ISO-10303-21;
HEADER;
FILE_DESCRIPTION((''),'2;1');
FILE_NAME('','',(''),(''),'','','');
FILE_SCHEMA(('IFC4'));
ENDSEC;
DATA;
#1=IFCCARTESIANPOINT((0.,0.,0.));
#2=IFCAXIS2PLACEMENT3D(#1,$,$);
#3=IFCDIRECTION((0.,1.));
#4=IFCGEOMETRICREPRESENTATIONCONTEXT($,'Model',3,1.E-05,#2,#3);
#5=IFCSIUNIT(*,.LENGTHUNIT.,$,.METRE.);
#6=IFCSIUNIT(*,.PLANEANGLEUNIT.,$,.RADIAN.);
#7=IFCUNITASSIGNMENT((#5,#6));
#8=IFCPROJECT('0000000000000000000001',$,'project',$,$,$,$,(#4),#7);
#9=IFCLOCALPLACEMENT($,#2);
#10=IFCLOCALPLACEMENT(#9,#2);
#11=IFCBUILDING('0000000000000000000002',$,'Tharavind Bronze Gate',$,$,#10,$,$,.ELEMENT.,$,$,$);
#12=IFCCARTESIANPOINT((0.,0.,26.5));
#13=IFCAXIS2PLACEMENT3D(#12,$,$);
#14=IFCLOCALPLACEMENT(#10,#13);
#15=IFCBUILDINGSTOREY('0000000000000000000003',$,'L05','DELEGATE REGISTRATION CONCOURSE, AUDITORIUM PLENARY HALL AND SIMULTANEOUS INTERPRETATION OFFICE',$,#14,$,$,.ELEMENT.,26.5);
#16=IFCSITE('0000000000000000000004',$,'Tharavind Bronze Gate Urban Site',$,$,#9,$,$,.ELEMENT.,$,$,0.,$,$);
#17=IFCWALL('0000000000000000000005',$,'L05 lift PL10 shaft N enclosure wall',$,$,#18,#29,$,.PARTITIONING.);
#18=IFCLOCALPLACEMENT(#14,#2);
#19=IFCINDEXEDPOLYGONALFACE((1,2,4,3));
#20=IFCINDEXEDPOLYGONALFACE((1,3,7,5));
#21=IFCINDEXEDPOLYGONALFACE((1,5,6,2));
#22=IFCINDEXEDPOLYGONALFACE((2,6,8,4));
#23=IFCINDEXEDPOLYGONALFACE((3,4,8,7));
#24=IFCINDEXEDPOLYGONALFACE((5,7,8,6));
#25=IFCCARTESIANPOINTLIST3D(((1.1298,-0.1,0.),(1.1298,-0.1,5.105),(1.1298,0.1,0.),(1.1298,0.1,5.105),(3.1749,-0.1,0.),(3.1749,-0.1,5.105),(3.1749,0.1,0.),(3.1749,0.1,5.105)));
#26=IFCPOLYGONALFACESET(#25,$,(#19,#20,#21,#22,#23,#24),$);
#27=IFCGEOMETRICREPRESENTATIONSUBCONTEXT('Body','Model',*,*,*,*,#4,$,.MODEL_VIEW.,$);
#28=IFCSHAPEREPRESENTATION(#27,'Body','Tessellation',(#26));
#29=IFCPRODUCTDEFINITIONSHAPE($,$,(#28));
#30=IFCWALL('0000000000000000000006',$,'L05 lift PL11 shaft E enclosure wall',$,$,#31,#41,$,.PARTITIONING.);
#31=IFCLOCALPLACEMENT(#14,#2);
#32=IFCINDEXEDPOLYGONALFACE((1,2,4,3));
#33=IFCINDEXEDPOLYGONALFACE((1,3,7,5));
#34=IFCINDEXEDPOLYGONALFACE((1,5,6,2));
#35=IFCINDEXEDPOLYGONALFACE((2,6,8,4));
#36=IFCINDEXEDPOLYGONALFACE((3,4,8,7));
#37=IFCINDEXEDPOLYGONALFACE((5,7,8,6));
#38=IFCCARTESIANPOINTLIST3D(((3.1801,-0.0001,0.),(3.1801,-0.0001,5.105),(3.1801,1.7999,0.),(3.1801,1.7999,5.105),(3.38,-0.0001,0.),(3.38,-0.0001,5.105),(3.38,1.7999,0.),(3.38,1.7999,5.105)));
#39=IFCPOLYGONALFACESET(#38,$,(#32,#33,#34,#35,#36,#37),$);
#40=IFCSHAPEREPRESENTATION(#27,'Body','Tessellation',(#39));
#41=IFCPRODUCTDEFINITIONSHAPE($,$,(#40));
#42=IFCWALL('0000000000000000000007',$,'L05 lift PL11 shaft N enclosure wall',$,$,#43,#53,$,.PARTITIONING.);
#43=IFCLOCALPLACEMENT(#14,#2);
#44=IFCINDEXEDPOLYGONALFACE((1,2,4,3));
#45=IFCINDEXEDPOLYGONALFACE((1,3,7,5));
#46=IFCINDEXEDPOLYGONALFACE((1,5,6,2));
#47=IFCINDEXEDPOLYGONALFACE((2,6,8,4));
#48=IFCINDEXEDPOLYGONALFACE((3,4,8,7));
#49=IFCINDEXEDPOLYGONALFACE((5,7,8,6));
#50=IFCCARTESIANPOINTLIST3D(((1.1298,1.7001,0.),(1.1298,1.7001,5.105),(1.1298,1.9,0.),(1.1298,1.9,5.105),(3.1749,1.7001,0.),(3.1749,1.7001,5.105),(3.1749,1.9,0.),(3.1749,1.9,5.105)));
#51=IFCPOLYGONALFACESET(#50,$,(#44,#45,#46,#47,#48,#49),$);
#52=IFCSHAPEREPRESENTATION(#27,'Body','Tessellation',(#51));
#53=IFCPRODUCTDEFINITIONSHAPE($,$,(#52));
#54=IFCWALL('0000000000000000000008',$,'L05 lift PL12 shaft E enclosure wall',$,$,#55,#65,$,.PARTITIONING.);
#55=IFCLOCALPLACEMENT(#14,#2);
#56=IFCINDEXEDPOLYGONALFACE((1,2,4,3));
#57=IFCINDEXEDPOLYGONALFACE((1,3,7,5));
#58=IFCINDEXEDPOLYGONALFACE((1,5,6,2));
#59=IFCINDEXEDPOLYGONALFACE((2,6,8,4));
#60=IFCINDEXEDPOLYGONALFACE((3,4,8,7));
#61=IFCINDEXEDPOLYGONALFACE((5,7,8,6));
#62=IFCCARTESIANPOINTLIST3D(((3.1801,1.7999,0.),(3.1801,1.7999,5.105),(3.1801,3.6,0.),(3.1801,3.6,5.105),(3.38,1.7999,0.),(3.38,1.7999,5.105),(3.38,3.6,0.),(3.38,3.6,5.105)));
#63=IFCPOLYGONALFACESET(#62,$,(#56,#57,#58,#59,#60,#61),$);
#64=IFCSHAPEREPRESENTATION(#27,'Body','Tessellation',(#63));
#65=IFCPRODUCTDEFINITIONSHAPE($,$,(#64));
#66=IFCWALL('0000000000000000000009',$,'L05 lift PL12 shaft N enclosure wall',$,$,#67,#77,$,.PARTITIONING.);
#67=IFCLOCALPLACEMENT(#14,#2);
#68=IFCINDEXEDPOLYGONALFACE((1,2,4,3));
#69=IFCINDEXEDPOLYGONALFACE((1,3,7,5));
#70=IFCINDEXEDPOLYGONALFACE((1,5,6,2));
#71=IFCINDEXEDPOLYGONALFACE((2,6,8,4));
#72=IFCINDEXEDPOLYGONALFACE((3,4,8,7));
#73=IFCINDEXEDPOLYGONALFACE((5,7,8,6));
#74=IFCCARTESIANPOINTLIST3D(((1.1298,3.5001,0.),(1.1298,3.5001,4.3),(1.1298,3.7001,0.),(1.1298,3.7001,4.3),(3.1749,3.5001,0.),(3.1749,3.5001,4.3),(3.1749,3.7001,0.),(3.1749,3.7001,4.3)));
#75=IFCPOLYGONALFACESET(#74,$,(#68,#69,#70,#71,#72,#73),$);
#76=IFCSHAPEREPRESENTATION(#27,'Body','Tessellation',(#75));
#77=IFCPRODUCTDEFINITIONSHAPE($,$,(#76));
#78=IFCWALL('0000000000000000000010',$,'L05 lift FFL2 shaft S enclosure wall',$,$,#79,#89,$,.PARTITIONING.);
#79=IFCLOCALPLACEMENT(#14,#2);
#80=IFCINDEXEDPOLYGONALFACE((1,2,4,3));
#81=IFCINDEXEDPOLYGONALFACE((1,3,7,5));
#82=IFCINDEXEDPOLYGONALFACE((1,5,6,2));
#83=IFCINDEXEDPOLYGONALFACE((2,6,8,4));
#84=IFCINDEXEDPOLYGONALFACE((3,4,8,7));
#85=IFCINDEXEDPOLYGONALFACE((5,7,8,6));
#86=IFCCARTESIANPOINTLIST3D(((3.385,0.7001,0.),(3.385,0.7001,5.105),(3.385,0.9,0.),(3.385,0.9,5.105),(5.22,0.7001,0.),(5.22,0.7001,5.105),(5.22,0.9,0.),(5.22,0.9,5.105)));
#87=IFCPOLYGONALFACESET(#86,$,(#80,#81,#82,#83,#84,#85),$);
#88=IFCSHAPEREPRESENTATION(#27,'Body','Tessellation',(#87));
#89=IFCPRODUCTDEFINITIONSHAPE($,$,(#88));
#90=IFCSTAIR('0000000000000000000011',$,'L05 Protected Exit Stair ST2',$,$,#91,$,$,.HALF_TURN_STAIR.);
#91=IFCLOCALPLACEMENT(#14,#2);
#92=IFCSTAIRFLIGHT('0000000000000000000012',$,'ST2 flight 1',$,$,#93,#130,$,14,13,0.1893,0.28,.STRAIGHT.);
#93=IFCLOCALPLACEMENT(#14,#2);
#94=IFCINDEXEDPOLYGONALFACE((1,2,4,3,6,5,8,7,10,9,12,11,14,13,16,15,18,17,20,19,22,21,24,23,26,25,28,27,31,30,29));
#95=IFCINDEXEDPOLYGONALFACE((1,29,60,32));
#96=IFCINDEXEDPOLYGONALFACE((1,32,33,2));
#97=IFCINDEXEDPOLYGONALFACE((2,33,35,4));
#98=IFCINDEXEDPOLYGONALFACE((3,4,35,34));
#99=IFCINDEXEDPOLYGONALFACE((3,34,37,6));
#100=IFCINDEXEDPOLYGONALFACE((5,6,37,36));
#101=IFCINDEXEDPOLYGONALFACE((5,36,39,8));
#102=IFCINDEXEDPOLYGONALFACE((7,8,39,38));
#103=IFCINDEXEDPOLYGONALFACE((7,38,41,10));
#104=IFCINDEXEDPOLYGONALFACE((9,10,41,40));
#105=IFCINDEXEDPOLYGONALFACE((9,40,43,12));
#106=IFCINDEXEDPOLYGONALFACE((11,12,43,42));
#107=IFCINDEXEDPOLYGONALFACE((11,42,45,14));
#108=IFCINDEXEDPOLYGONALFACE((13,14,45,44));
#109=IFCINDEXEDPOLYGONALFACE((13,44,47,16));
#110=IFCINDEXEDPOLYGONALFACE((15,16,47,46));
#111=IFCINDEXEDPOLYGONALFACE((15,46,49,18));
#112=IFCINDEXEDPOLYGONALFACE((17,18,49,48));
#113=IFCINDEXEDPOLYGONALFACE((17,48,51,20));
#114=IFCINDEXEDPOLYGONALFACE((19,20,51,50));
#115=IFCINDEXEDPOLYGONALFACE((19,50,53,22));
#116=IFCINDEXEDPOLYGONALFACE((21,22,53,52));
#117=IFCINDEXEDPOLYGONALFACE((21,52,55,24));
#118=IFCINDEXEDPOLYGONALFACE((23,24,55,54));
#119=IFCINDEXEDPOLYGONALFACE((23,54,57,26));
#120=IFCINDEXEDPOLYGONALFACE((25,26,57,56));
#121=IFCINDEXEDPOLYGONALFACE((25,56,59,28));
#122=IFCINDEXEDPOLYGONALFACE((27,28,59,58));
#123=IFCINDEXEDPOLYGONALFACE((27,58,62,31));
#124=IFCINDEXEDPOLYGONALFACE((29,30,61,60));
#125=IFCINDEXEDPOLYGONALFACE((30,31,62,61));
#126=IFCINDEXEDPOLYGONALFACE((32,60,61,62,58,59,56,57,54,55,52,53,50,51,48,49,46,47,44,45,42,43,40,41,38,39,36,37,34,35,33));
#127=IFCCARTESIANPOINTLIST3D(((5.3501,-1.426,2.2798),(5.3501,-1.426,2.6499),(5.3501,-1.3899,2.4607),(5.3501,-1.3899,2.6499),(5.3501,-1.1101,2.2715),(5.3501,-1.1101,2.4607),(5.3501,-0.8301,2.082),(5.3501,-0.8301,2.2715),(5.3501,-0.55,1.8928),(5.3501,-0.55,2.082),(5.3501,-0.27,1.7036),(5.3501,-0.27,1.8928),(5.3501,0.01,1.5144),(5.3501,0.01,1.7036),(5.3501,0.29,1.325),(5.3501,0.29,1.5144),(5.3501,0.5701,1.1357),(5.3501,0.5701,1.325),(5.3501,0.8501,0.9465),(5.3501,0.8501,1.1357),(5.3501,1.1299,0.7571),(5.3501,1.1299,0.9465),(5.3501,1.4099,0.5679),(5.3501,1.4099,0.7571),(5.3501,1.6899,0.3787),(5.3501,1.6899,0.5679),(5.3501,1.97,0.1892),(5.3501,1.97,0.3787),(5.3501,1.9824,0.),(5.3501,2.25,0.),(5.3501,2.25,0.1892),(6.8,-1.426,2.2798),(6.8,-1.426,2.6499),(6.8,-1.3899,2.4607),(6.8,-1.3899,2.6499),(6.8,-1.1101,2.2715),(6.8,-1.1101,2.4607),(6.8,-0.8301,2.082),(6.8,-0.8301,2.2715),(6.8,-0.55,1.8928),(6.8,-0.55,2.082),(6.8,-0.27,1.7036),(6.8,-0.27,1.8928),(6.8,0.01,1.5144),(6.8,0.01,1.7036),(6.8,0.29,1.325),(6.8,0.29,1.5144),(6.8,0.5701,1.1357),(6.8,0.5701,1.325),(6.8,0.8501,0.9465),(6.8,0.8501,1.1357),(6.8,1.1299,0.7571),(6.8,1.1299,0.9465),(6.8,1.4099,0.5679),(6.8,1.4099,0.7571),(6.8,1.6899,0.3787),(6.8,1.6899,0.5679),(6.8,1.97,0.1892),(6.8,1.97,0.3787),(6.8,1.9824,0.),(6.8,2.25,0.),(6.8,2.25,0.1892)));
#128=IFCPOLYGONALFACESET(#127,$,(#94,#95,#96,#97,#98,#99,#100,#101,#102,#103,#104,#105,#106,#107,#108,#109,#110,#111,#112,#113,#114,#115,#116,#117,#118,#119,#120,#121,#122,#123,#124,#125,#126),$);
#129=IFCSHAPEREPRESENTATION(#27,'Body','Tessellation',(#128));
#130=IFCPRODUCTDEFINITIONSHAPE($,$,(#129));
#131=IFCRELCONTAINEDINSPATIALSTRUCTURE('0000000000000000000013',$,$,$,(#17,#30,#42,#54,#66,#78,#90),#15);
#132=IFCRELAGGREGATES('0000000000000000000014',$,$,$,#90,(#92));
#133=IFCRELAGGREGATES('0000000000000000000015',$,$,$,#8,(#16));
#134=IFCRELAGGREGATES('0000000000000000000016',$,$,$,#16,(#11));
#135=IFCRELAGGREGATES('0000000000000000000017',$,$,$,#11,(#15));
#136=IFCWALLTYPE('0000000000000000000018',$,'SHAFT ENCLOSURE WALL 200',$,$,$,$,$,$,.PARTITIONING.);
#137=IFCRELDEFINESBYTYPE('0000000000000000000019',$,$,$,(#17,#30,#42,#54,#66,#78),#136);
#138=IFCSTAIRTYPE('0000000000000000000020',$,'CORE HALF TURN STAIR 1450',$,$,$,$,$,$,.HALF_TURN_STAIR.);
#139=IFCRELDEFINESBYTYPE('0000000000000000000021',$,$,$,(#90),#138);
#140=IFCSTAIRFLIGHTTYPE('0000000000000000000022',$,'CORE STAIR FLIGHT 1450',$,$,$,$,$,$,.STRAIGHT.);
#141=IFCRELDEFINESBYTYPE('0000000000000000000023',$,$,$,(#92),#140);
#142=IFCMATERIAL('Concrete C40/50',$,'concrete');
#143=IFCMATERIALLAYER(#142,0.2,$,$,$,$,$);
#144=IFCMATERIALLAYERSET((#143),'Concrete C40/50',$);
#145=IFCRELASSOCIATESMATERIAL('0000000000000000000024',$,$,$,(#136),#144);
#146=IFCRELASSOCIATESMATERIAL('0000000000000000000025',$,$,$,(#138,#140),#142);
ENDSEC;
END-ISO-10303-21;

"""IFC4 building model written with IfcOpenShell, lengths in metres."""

from ifc_helpers import new_model, si_unit, direction, frame, frame_2d, origin, place, context, subcontext, project, spatial, polyline, rectangle, outline, extrude, material, layer, layer_set, type_object, element, aggregate, save


model = new_model("IFC4")

# Units and contexts
model_context = context("Model", 3, precision=1e-05, world=origin(), true_north=direction((0.0, 1.0)))
body_context = subcontext(model_context, "Body", "Model", "MODEL_VIEW")
ifc_project = project(units=[si_unit("LENGTHUNIT", "METRE"), si_unit("PLANEANGLEUNIT", "RADIAN")], contexts=[model_context])

# Site, building, storey
site_placement = place(None, origin())
site = spatial("IfcSite", under=ifc_project, at=site_placement, Name="Tharavind Bronze Gate Urban Site", CompositionType="ELEMENT", RefElevation=0.0)
building_placement = place(site_placement, origin())
building = spatial("IfcBuilding", under=site, at=building_placement, Name="Tharavind Bronze Gate", CompositionType="ELEMENT")
storey_placement = place(building_placement, frame((0.0, 0.0, 26.5)))
storey = spatial("IfcBuildingStorey", under=building, at=storey_placement, Name="L05", Description="DELEGATE REGISTRATION CONCOURSE, AUDITORIUM PLENARY HALL AND SIMULTANEOUS INTERPRETATION OFFICE", CompositionType="ELEMENT", Elevation=26.5)

# Walls
ifc_material_1 = material(Name="Concrete C40/50", Category="concrete")
ifc_layer_1 = layer(ifc_material_1, 0.2)
ifc_layer_set_1 = layer_set([ifc_layer_1], Name="Concrete C40/50")
wall_type_1 = type_object("IfcWallType", Name="SHAFT ENCLOSURE WALL 200", PredefinedType="PARTITIONING", material=ifc_layer_set_1)
wall_1_placement = place(storey_placement, frame((1.1299, 0.0, 0.0), z_axis=(0.0, 0.0, 1.0), x_axis=(1.0, 0.0, 0.0)))
element("IfcWall", 1, at=wall_1_placement, inside=storey, type_object=wall_type_1, Name="L05 lift PL10 shaft N enclosure wall", PredefinedType="PARTITIONING", context=body_context, shape_type="SweptSolid", body=[
    extrude(rectangle(XDim=2.0452, YDim=0.2, at=frame_2d((1.0225, 0.0))), origin(), (0.0, 0.0, 1.0), 5.105),
])
wall_2_placement = place(storey_placement, frame((3.28, 0.0, 0.0), z_axis=(0.0, 0.0, 1.0), x_axis=(0.0, 1.0, 0.0)))
element("IfcWall", 2, at=wall_2_placement, inside=storey, type_object=wall_type_1, Name="L05 lift PL11 shaft E enclosure wall", PredefinedType="PARTITIONING", context=body_context, shape_type="SweptSolid", body=[
    extrude(rectangle(XDim=1.8, YDim=0.2, at=frame_2d((0.8999, 0.0))), origin(), (0.0, 0.0, 1.0), 5.105),
])
wall_3_placement = place(storey_placement, frame((1.1299, 1.8, 0.0), z_axis=(0.0, 0.0, 1.0), x_axis=(1.0, 0.0, 0.0)))
element("IfcWall", 3, at=wall_3_placement, inside=storey, type_object=wall_type_1, Name="L05 lift PL11 shaft N enclosure wall", PredefinedType="PARTITIONING", context=body_context, shape_type="SweptSolid", body=[
    extrude(rectangle(XDim=2.0452, YDim=0.2, at=frame_2d((1.0225, 0.0))), origin(), (0.0, 0.0, 1.0), 5.105),
])
wall_4_placement = place(storey_placement, frame((3.28, 1.8, 0.0), z_axis=(0.0, 0.0, 1.0), x_axis=(0.0, 1.0, 0.0)))
element("IfcWall", 4, at=wall_4_placement, inside=storey, type_object=wall_type_1, Name="L05 lift PL12 shaft E enclosure wall", PredefinedType="PARTITIONING", context=body_context, shape_type="SweptSolid", body=[
    extrude(rectangle(XDim=1.8, YDim=0.2, at=frame_2d((0.8999, 0.0))), origin(), (0.0, 0.0, 1.0), 5.105),
])
wall_5_placement = place(storey_placement, frame((1.1299, 3.6001, 0.0), z_axis=(0.0, 0.0, 1.0), x_axis=(1.0, 0.0, 0.0)))
element("IfcWall", 5, at=wall_5_placement, inside=storey, type_object=wall_type_1, Name="L05 lift PL12 shaft N enclosure wall", PredefinedType="PARTITIONING", context=body_context, shape_type="SweptSolid", body=[
    extrude(rectangle(XDim=2.0452, YDim=0.2, at=frame_2d((1.0225, 0.0))), origin(), (0.0, 0.0, 1.0), 4.3),
])
wall_6_placement = place(storey_placement, frame((3.385, 0.8, 0.0), z_axis=(0.0, 0.0, 1.0), x_axis=(1.0, 0.0, 0.0)))
element("IfcWall", 6, at=wall_6_placement, inside=storey, type_object=wall_type_1, Name="L05 lift FFL2 shaft S enclosure wall", PredefinedType="PARTITIONING", context=body_context, shape_type="SweptSolid", body=[
    extrude(rectangle(XDim=1.835, YDim=0.2, at=frame_2d((0.9175, 0.0))), origin(), (0.0, 0.0, 1.0), 5.105),
])

# Stair, stair flight
stair_type = type_object("IfcStairType", Name="CORE HALF TURN STAIR 1450", PredefinedType="HALF_TURN_STAIR", material=ifc_material_1)
stair_placement = place(storey_placement, origin())
stair = element("IfcStair", 7, at=stair_placement, inside=storey, type_object=stair_type, Name="L05 Protected Exit Stair ST2", PredefinedType="HALF_TURN_STAIR")
stair_flight_type = type_object("IfcStairFlightType", Name="CORE STAIR FLIGHT 1450", PredefinedType="STRAIGHT", material=ifc_material_1)
stair_flight_placement = place(storey_placement, frame((6.075, 2.25, 0.0), z_axis=(0.0, 0.0, 1.0), x_axis=(0.0, -1.0, 0.0)))
stair_flight = element("IfcStairFlight", 8, at=stair_flight_placement, type_object=stair_flight_type, Name="ST2 flight 1", NumberOfRisers=14, NumberOfTreads=13, PredefinedType="STRAIGHT", RiserHeight=0.1893, TreadLength=0.28, context=body_context, shape_type="SweptSolid", body=[
    extrude(outline(polyline([(0.0, 0.0), (0.0, 0.1892), (0.28, 0.1892), (0.28, 0.3787), (0.5601, 0.3787), (0.5601, 0.5679), (0.8401, 0.5679), (0.8401, 0.7571), (1.1201, 0.7571), (1.1201, 0.9465), (1.3999, 0.9465), (1.3999, 1.1357), (1.6799, 1.1357), (1.6799, 1.325), (1.96, 1.325), (1.96, 1.5144), (2.24, 1.5144), (2.24, 1.7036), (2.52, 1.7036), (2.52, 1.8928), (2.8, 1.8928), (2.8, 2.082), (3.0801, 2.082), (3.0801, 2.2715), (3.3601, 2.2715), (3.3601, 2.4607), (3.6399, 2.4607), (3.6399, 2.6499), (3.676, 2.6499), (3.676, 2.2798), (0.2676, 0.0), (0.0, 0.0)])), frame((0.0, 0.7251, 0.0), z_axis=(0.0, -1.0, 0.0), x_axis=(1.0, 0.0, 0.0)), (0.0, 0.0, 1.0), 1.45),
])
aggregate(stair, [stair_flight])

save(model, "model.ifc")
